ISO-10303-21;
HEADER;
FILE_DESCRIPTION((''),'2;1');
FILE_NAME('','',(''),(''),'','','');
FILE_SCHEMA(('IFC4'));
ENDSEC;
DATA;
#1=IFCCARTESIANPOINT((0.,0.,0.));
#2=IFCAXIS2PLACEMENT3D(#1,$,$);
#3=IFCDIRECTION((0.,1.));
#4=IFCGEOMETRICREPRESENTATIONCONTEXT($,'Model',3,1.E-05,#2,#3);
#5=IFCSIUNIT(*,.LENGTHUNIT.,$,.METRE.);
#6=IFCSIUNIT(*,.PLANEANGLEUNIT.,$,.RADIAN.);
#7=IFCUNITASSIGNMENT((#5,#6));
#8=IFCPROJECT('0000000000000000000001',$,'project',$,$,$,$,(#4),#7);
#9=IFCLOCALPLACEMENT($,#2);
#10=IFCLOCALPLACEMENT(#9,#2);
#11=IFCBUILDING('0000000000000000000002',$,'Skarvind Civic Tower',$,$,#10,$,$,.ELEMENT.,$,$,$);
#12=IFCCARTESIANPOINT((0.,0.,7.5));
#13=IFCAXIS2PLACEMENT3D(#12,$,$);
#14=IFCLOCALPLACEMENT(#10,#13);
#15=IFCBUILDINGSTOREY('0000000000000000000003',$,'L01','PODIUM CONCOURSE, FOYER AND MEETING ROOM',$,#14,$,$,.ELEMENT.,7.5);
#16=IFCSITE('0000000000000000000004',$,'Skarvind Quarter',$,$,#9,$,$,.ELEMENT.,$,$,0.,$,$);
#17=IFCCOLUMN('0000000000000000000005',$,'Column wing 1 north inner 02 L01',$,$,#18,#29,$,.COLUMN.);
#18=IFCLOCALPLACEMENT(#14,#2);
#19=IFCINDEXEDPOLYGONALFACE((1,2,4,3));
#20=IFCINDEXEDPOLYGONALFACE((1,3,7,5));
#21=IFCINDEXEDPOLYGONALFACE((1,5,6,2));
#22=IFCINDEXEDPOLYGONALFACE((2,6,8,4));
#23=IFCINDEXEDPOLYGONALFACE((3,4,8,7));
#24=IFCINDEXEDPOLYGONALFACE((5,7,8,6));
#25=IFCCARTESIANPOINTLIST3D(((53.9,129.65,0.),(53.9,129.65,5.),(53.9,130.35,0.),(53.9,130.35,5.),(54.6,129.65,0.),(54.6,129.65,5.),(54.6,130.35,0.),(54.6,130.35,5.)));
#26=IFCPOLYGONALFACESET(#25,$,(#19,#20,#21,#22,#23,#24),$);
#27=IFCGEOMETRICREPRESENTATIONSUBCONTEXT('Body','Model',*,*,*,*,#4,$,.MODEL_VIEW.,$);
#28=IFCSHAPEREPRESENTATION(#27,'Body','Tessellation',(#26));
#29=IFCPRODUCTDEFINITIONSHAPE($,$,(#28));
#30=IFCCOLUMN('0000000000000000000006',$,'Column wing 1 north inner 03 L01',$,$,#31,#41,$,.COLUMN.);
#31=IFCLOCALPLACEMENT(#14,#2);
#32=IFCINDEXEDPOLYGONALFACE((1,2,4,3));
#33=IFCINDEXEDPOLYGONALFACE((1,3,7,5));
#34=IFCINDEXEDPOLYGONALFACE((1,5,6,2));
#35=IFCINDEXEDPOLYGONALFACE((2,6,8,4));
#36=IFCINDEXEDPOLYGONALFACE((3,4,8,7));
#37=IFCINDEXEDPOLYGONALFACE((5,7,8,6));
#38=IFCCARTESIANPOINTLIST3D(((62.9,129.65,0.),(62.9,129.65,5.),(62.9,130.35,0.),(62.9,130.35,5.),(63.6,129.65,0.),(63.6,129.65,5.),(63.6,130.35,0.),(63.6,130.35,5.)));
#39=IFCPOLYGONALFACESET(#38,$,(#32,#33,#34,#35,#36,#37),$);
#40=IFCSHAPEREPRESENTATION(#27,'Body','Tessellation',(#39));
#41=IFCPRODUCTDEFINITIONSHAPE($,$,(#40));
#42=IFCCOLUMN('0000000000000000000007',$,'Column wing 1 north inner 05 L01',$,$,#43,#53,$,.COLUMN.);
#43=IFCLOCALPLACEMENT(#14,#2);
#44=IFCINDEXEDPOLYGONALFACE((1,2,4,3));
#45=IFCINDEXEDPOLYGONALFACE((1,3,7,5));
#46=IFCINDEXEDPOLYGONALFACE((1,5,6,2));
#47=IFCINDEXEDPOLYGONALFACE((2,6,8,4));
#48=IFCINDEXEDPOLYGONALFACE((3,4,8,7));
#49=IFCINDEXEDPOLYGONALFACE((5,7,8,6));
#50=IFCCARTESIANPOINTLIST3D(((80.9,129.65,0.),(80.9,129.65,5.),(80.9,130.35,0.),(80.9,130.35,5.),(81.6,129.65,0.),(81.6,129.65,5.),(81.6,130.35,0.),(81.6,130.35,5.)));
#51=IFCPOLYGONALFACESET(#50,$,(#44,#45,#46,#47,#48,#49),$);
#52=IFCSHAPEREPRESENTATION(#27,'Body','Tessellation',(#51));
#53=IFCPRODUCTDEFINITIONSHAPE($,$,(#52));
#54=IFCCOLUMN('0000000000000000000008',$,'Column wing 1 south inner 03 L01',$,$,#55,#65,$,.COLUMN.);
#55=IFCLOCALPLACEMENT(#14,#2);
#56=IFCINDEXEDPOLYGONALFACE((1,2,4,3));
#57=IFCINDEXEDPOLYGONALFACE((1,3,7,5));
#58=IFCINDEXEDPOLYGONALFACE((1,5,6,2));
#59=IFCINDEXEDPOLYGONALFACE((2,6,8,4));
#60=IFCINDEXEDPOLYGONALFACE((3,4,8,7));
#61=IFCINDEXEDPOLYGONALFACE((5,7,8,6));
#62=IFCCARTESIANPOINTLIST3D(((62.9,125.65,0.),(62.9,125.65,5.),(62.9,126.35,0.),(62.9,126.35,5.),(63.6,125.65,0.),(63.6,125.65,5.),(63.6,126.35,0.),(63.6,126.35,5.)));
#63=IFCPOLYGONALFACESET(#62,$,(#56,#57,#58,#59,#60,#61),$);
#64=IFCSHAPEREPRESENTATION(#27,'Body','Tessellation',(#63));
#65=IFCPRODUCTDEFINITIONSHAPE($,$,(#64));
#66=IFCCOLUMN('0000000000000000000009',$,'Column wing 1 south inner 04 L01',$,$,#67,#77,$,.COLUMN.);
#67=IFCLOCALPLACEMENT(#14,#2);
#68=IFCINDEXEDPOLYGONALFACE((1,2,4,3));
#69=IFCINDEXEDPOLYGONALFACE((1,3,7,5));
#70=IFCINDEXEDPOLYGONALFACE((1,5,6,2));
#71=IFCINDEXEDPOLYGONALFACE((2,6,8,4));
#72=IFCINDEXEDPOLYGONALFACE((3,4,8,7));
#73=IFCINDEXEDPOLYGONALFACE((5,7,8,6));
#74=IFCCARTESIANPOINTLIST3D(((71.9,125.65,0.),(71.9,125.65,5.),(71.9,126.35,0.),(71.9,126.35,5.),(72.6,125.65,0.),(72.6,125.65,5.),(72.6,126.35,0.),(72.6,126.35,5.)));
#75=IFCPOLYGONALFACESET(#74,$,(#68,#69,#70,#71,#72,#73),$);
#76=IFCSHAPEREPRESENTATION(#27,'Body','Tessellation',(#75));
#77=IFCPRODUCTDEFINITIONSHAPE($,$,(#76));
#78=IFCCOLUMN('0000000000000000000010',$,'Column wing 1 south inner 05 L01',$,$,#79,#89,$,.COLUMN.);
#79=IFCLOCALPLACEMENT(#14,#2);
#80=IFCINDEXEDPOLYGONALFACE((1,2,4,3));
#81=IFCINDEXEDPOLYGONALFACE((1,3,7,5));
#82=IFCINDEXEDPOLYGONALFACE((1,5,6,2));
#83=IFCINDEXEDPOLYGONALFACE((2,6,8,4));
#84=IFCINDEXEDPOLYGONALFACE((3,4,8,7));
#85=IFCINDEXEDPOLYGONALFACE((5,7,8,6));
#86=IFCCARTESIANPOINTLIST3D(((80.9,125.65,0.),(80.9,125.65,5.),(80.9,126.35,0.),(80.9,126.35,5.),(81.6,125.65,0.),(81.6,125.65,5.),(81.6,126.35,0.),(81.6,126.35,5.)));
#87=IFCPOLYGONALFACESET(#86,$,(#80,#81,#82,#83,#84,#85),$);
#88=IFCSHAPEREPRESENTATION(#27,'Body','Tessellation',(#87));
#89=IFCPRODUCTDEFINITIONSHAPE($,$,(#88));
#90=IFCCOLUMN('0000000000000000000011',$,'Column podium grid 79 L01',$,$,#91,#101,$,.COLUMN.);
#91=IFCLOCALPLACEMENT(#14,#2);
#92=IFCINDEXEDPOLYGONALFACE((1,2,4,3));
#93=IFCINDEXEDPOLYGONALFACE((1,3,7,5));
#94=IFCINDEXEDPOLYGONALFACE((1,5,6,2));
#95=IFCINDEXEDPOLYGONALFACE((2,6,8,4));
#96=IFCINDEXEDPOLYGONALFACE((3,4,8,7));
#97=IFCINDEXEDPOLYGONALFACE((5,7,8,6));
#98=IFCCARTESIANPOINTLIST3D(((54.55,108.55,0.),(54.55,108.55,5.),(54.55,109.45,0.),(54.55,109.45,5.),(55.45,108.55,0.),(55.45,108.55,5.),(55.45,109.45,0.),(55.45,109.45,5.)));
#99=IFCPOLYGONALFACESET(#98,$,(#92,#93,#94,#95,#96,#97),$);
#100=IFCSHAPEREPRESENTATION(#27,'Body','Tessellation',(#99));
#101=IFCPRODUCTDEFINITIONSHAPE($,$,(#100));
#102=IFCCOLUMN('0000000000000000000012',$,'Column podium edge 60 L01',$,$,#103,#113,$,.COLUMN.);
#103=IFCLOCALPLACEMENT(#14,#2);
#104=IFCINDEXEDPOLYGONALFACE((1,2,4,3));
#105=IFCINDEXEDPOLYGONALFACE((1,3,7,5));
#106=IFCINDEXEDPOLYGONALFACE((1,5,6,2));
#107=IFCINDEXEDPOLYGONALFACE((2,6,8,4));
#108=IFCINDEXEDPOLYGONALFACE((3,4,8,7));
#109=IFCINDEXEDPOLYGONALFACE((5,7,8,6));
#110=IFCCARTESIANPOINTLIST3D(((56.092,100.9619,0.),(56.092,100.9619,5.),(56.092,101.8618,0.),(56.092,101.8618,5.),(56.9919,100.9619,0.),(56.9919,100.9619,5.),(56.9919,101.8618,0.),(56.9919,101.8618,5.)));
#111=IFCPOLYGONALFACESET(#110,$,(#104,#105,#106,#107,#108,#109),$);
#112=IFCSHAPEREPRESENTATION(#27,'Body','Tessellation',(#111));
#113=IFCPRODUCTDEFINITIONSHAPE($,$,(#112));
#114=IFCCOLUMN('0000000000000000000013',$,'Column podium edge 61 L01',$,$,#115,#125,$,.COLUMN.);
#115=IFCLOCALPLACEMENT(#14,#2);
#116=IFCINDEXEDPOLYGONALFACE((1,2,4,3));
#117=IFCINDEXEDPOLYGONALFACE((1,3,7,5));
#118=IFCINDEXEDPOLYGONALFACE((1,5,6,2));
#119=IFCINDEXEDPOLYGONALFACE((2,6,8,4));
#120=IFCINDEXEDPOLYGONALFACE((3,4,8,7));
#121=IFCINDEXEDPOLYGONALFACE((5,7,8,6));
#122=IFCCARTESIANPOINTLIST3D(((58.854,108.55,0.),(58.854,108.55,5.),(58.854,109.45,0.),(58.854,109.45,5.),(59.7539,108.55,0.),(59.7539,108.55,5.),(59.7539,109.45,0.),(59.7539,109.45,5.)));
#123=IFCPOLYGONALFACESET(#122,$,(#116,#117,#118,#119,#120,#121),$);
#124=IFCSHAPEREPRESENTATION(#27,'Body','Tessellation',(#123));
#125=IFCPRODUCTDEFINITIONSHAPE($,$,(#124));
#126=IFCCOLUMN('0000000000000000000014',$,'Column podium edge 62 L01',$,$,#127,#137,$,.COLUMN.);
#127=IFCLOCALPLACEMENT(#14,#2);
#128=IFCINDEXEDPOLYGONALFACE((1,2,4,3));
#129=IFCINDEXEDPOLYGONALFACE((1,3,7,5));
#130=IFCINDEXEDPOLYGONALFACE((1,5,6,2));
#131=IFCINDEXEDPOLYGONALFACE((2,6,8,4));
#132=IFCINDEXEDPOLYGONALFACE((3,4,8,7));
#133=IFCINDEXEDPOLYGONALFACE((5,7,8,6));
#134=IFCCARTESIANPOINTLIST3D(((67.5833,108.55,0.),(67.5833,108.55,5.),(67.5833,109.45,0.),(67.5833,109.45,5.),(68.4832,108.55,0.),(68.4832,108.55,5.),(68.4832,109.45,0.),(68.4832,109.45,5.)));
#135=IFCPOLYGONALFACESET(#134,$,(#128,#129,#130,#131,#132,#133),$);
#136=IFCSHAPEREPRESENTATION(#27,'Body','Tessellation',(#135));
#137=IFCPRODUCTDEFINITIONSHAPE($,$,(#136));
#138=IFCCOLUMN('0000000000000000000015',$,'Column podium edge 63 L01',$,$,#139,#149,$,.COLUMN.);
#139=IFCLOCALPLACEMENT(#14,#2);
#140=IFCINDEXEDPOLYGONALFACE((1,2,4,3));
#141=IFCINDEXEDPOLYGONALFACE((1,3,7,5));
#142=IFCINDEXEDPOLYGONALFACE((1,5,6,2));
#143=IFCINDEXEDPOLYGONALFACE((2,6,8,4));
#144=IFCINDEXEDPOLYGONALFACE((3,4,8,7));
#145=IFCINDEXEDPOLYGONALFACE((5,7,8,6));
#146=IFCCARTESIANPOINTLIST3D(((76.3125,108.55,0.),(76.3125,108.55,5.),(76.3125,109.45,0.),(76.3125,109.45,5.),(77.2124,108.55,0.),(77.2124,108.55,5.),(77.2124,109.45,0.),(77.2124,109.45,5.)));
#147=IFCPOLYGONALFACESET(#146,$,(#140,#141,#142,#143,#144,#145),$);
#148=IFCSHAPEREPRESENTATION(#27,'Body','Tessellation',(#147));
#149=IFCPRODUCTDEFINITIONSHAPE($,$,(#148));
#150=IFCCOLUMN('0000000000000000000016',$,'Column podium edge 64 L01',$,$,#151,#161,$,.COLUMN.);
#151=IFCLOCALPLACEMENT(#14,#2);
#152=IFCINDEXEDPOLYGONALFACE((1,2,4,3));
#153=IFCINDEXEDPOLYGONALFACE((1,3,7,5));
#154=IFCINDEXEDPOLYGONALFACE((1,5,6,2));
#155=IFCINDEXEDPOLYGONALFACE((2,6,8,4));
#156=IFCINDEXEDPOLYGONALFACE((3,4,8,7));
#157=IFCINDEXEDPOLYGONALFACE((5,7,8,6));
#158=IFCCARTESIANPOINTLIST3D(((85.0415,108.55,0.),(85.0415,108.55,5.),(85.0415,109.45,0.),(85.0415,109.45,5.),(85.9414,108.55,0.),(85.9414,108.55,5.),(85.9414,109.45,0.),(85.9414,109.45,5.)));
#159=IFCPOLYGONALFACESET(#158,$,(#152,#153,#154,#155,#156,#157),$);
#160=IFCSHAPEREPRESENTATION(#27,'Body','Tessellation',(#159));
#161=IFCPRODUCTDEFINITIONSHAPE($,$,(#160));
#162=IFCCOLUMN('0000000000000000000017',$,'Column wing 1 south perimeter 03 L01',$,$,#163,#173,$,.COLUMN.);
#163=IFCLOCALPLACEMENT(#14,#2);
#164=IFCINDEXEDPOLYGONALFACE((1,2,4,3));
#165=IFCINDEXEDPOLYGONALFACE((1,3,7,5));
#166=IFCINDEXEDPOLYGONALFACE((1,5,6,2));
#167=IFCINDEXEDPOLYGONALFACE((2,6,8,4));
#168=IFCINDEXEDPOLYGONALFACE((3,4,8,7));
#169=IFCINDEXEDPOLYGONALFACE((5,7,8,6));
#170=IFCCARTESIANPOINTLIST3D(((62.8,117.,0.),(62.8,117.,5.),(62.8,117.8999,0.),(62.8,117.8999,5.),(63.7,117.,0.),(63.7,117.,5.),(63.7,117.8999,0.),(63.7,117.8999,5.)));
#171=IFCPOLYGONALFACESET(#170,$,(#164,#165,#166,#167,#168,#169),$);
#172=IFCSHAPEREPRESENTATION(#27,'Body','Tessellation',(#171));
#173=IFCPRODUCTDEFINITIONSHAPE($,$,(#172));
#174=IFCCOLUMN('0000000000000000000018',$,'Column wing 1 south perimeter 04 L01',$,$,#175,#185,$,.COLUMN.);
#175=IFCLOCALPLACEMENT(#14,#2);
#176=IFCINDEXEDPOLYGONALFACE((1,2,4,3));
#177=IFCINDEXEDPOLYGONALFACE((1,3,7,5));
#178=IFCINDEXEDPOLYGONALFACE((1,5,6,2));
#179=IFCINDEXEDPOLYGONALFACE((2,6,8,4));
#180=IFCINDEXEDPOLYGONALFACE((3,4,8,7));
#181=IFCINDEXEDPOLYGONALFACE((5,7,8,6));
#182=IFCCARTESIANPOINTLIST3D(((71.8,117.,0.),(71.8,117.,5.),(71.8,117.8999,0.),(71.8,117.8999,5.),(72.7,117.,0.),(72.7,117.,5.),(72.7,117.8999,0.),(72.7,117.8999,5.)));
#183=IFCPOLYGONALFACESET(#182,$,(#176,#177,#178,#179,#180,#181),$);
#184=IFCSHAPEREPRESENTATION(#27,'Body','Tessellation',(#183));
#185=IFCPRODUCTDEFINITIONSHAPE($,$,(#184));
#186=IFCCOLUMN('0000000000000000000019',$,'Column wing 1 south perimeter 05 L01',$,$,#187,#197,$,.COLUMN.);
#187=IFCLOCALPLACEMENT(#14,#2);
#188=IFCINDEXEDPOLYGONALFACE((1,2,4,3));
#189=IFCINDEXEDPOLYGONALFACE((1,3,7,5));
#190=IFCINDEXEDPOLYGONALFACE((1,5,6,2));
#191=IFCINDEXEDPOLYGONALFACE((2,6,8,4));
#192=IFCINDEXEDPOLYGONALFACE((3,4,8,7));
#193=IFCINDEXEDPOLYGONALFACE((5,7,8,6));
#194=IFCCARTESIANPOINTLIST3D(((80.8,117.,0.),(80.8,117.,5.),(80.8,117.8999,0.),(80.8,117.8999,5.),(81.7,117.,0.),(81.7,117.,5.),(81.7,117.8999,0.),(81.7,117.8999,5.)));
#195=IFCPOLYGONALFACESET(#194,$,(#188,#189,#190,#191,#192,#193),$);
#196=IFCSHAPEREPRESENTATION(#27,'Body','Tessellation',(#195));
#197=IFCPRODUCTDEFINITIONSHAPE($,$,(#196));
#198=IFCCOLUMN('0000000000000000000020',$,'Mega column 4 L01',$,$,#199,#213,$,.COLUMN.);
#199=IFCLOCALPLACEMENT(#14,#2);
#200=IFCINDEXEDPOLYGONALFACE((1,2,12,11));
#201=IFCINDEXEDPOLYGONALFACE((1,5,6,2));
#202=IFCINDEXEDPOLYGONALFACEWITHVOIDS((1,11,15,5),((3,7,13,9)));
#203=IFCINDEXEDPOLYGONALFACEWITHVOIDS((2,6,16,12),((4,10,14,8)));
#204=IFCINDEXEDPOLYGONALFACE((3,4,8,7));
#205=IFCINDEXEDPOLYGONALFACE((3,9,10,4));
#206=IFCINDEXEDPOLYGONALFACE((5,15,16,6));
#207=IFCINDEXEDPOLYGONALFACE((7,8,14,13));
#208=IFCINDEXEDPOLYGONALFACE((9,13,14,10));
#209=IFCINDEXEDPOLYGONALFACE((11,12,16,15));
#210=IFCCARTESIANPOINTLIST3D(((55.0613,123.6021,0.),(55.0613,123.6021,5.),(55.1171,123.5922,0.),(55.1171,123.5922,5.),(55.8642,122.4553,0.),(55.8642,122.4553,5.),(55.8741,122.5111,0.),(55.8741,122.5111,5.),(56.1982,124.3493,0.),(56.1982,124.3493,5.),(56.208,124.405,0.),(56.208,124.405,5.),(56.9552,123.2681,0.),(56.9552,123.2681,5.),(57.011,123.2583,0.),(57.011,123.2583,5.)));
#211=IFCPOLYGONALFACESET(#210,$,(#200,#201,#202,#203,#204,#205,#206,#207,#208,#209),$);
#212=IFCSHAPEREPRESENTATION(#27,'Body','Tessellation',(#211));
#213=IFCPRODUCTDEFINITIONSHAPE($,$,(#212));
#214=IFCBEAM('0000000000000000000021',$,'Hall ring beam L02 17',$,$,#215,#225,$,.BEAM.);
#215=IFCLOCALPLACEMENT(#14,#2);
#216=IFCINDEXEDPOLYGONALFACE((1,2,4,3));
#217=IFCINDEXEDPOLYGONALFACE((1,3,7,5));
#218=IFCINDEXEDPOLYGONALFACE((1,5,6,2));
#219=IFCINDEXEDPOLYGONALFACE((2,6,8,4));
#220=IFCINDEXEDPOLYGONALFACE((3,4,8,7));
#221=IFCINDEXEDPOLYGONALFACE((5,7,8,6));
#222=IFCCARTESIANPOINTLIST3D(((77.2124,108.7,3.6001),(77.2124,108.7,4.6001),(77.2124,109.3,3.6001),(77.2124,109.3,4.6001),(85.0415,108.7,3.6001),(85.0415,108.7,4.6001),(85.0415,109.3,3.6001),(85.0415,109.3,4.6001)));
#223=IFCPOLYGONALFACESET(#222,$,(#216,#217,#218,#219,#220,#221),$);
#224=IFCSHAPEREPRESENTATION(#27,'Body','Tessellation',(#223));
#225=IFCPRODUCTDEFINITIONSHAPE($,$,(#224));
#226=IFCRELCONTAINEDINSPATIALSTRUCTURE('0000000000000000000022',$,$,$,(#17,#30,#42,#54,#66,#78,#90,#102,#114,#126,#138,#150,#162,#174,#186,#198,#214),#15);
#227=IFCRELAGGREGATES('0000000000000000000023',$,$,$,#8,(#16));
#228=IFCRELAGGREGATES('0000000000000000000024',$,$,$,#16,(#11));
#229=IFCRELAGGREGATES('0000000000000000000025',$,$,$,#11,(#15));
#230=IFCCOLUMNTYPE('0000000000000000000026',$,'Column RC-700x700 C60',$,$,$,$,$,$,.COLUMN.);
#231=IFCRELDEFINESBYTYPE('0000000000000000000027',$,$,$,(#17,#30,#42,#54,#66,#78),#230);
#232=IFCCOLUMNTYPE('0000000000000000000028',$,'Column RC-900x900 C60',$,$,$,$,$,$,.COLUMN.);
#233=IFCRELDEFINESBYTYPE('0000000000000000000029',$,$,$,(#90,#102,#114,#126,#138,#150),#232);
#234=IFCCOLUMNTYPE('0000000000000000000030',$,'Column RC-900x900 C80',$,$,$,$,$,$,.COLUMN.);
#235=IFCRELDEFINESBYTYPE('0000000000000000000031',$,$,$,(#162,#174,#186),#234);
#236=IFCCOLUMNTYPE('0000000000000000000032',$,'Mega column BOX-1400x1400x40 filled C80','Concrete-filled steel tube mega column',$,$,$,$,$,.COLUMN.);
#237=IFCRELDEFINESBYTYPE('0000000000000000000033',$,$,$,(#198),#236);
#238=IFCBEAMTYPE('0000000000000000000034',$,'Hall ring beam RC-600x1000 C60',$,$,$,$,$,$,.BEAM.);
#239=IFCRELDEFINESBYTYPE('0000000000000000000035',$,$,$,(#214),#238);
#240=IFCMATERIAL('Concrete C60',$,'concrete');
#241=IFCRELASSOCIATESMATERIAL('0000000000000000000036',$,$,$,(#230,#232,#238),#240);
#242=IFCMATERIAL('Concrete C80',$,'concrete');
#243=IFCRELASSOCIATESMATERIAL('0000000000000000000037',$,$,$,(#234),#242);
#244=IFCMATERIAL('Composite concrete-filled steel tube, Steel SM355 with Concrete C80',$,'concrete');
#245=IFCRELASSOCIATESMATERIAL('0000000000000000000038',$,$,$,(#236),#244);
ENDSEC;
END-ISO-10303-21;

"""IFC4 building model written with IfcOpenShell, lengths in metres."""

from ifc_helpers import new_model, si_unit, direction, frame, origin, origin_2d, place, context, subcontext, project, spatial, rectangle, hollow_rectangle, extrude, material, material_profile, profile_set, type_object, element, save


model = new_model("IFC4")

# Units and contexts
model_context = context("Model", 3, precision=1e-05, world=origin(), true_north=direction((0.0, 1.0)))
body_context = subcontext(model_context, "Body", "Model", "MODEL_VIEW")
ifc_project = project(units=[si_unit("LENGTHUNIT", "METRE"), si_unit("PLANEANGLEUNIT", "RADIAN")], contexts=[model_context])

# Site, building, storey
site_placement = place(None, origin())
site = spatial("IfcSite", under=ifc_project, at=site_placement, Name="Skarvind Quarter", CompositionType="ELEMENT", RefElevation=0.0)
building_placement = place(site_placement, origin())
building = spatial("IfcBuilding", under=site, at=building_placement, Name="Skarvind Civic Tower", CompositionType="ELEMENT")
storey_placement = place(building_placement, frame((0.0, 0.0, 7.5)))
storey = spatial("IfcBuildingStorey", under=building, at=storey_placement, Name="L01", Description="PODIUM CONCOURSE, FOYER AND MEETING ROOM", CompositionType="ELEMENT", Elevation=7.5)

# Columns
ifc_material_1 = material(Name="Concrete C60", Category="concrete")
ifc_material_profile_1 = material_profile(ifc_material_1, rectangle(XDim=0.7, YDim=0.7, at=origin_2d()), Name="RC-700x700")
ifc_profile_set_1 = profile_set([ifc_material_profile_1], Name="Concrete C60")
column_type_1 = type_object("IfcColumnType", Name="Column RC-700x700 C60", PredefinedType="COLUMN", material=ifc_profile_set_1)
for number, where, z_axis, x_axis, name in (
    (1, (54.25, 130.0, 0.0), (0.0, 0.0, 1.0), (1.0, 0.0, 0.0), "Column wing 1 north inner 02 L01"),
    (2, (63.25, 130.0, 0.0), (0.0, 0.0, 1.0), (1.0, 0.0, 0.0), "Column wing 1 north inner 03 L01"),
    (3, (81.25, 130.0, 0.0), (0.0, 0.0, 1.0), (1.0, 0.0, 0.0), "Column wing 1 north inner 05 L01"),
    (4, (63.25, 126.0, 0.0), (0.0, 0.0, 1.0), (1.0, 0.0, 0.0), "Column wing 1 south inner 03 L01"),
    (5, (72.25, 126.0, 0.0), (0.0, 0.0, 1.0), (1.0, 0.0, 0.0), "Column wing 1 south inner 04 L01"),
    (6, (81.25, 126.0, 0.0), (0.0, 0.0, 1.0), (1.0, 0.0, 0.0), "Column wing 1 south inner 05 L01"),
):
    element("IfcColumn", number, at=place(storey_placement, frame(where, z_axis=z_axis, x_axis=x_axis)), inside=storey, type_object=column_type_1, Name=name, PredefinedType="COLUMN", context=body_context, shape_type="SweptSolid", body=[
        extrude(rectangle(XDim=0.7, YDim=0.7, at=origin_2d()), origin(), (0.0, 0.0, 1.0), 5.0),
    ])
ifc_material_profile_2 = material_profile(ifc_material_1, rectangle(XDim=0.8999, YDim=0.8999, at=origin_2d()), Name="RC-900x900")
ifc_profile_set_2 = profile_set([ifc_material_profile_2], Name="Concrete C60")
column_type_2 = type_object("IfcColumnType", Name="Column RC-900x900 C60", PredefinedType="COLUMN", material=ifc_profile_set_2)
for number, where, z_axis, x_axis, name in (
    (7, (55.0, 109.0, 0.0), (0.0, 0.0, 1.0), (1.0, 0.0, 0.0), "Column podium grid 79 L01"),
    (8, (56.542, 101.4119, 0.0), (0.0, 0.0, 1.0), (1.0, 0.0, 0.0), "Column podium edge 60 L01"),
    (9, (59.304, 109.0, 0.0), (0.0, 0.0, 1.0), (1.0, 0.0, 0.0), "Column podium edge 61 L01"),
    (10, (68.0332, 109.0, 0.0), (0.0, 0.0, 1.0), (1.0, 0.0, 0.0), "Column podium edge 62 L01"),
    (11, (76.7625, 109.0, 0.0), (0.0, 0.0, 1.0), (1.0, 0.0, 0.0), "Column podium edge 63 L01"),
    (12, (85.4915, 109.0, 0.0), (0.0, 0.0, 1.0), (1.0, 0.0, 0.0), "Column podium edge 64 L01"),
):
    element("IfcColumn", number, at=place(storey_placement, frame(where, z_axis=z_axis, x_axis=x_axis)), inside=storey, type_object=column_type_2, Name=name, PredefinedType="COLUMN", context=body_context, shape_type="SweptSolid", body=[
        extrude(rectangle(XDim=0.8999, YDim=0.8999, at=origin_2d()), origin(), (0.0, 0.0, 1.0), 5.0),
    ])
ifc_material_2 = material(Name="Concrete C80", Category="concrete")
ifc_material_profile_3 = material_profile(ifc_material_2, rectangle(XDim=0.8999, YDim=0.8999, at=origin_2d()), Name="RC-900x900")
ifc_profile_set_3 = profile_set([ifc_material_profile_3], Name="Concrete C80")
column_type_3 = type_object("IfcColumnType", Name="Column RC-900x900 C80", PredefinedType="COLUMN", material=ifc_profile_set_3)
for number, where, z_axis, x_axis, name in (
    (13, (63.25, 117.45, 0.0), (0.0, 0.0, 1.0), (1.0, 0.0, 0.0), "Column wing 1 south perimeter 03 L01"),
    (14, (72.25, 117.45, 0.0), (0.0, 0.0, 1.0), (1.0, 0.0, 0.0), "Column wing 1 south perimeter 04 L01"),
    (15, (81.25, 117.45, 0.0), (0.0, 0.0, 1.0), (1.0, 0.0, 0.0), "Column wing 1 south perimeter 05 L01"),
):
    element("IfcColumn", number, at=place(storey_placement, frame(where, z_axis=z_axis, x_axis=x_axis)), inside=storey, type_object=column_type_3, Name=name, PredefinedType="COLUMN", context=body_context, shape_type="SweptSolid", body=[
        extrude(rectangle(XDim=0.8999, YDim=0.8999, at=origin_2d()), origin(), (0.0, 0.0, 1.0), 5.0),
    ])
ifc_material_3 = material(Name="Composite concrete-filled steel tube, Steel SM355 with Concrete C80", Category="concrete")
ifc_material_profile_4 = material_profile(ifc_material_3, hollow_rectangle(XDim=1.3999, YDim=1.3999, WallThickness=0.04, at=origin_2d()), Name="BOX-1400x1400x40")
ifc_profile_set_4 = profile_set([ifc_material_profile_4], Name="Composite concrete-filled steel tube, Steel SM355 with Concrete C80")
column_type_4 = type_object("IfcColumnType", Name="Mega column BOX-1400x1400x40 filled C80", Description="Concrete-filled steel tube mega column", PredefinedType="COLUMN", material=ifc_profile_set_4)
column_placement = place(storey_placement, frame((56.0361, 123.4302, 0.0), z_axis=(0.0, 0.0, 1.0), x_axis=(0.573576, -0.819152, 0.0)))
element("IfcColumn", 16, at=column_placement, inside=storey, type_object=column_type_4, Name="Mega column 4 L01", PredefinedType="COLUMN", context=body_context, shape_type="SweptSolid", body=[
    extrude(hollow_rectangle(XDim=1.3999, YDim=1.3999, WallThickness=0.04, at=origin_2d()), origin(), (0.0, 0.0, 1.0), 5.0),
])

# Beam
ifc_material_profile_5 = material_profile(ifc_material_1, rectangle(XDim=0.6001, YDim=1.0, at=origin_2d()), Name="RC-600x1000")
ifc_profile_set_5 = profile_set([ifc_material_profile_5], Name="Concrete C60")
beam_type = type_object("IfcBeamType", Name="Hall ring beam RC-600x1000 C60", PredefinedType="BEAM", material=ifc_profile_set_5)
for number, where, z_axis, x_axis, name in (
    (17, (85.0415, 109.0, 4.1001), (-1.0, 0.0, 0.0), (0.0, -1.0, 0.0), "Hall ring beam L02 17"),
):
    element("IfcBeam", number, at=place(storey_placement, frame(where, z_axis=z_axis, x_axis=x_axis)), inside=storey, type_object=beam_type, Name=name, PredefinedType="BEAM", context=body_context, shape_type="SweptSolid", body=[
        extrude(rectangle(XDim=0.6001, YDim=1.0, at=origin_2d()), origin(), (0.0, 0.0, 1.0), 7.8291),
    ])

save(model, "model.ifc")
